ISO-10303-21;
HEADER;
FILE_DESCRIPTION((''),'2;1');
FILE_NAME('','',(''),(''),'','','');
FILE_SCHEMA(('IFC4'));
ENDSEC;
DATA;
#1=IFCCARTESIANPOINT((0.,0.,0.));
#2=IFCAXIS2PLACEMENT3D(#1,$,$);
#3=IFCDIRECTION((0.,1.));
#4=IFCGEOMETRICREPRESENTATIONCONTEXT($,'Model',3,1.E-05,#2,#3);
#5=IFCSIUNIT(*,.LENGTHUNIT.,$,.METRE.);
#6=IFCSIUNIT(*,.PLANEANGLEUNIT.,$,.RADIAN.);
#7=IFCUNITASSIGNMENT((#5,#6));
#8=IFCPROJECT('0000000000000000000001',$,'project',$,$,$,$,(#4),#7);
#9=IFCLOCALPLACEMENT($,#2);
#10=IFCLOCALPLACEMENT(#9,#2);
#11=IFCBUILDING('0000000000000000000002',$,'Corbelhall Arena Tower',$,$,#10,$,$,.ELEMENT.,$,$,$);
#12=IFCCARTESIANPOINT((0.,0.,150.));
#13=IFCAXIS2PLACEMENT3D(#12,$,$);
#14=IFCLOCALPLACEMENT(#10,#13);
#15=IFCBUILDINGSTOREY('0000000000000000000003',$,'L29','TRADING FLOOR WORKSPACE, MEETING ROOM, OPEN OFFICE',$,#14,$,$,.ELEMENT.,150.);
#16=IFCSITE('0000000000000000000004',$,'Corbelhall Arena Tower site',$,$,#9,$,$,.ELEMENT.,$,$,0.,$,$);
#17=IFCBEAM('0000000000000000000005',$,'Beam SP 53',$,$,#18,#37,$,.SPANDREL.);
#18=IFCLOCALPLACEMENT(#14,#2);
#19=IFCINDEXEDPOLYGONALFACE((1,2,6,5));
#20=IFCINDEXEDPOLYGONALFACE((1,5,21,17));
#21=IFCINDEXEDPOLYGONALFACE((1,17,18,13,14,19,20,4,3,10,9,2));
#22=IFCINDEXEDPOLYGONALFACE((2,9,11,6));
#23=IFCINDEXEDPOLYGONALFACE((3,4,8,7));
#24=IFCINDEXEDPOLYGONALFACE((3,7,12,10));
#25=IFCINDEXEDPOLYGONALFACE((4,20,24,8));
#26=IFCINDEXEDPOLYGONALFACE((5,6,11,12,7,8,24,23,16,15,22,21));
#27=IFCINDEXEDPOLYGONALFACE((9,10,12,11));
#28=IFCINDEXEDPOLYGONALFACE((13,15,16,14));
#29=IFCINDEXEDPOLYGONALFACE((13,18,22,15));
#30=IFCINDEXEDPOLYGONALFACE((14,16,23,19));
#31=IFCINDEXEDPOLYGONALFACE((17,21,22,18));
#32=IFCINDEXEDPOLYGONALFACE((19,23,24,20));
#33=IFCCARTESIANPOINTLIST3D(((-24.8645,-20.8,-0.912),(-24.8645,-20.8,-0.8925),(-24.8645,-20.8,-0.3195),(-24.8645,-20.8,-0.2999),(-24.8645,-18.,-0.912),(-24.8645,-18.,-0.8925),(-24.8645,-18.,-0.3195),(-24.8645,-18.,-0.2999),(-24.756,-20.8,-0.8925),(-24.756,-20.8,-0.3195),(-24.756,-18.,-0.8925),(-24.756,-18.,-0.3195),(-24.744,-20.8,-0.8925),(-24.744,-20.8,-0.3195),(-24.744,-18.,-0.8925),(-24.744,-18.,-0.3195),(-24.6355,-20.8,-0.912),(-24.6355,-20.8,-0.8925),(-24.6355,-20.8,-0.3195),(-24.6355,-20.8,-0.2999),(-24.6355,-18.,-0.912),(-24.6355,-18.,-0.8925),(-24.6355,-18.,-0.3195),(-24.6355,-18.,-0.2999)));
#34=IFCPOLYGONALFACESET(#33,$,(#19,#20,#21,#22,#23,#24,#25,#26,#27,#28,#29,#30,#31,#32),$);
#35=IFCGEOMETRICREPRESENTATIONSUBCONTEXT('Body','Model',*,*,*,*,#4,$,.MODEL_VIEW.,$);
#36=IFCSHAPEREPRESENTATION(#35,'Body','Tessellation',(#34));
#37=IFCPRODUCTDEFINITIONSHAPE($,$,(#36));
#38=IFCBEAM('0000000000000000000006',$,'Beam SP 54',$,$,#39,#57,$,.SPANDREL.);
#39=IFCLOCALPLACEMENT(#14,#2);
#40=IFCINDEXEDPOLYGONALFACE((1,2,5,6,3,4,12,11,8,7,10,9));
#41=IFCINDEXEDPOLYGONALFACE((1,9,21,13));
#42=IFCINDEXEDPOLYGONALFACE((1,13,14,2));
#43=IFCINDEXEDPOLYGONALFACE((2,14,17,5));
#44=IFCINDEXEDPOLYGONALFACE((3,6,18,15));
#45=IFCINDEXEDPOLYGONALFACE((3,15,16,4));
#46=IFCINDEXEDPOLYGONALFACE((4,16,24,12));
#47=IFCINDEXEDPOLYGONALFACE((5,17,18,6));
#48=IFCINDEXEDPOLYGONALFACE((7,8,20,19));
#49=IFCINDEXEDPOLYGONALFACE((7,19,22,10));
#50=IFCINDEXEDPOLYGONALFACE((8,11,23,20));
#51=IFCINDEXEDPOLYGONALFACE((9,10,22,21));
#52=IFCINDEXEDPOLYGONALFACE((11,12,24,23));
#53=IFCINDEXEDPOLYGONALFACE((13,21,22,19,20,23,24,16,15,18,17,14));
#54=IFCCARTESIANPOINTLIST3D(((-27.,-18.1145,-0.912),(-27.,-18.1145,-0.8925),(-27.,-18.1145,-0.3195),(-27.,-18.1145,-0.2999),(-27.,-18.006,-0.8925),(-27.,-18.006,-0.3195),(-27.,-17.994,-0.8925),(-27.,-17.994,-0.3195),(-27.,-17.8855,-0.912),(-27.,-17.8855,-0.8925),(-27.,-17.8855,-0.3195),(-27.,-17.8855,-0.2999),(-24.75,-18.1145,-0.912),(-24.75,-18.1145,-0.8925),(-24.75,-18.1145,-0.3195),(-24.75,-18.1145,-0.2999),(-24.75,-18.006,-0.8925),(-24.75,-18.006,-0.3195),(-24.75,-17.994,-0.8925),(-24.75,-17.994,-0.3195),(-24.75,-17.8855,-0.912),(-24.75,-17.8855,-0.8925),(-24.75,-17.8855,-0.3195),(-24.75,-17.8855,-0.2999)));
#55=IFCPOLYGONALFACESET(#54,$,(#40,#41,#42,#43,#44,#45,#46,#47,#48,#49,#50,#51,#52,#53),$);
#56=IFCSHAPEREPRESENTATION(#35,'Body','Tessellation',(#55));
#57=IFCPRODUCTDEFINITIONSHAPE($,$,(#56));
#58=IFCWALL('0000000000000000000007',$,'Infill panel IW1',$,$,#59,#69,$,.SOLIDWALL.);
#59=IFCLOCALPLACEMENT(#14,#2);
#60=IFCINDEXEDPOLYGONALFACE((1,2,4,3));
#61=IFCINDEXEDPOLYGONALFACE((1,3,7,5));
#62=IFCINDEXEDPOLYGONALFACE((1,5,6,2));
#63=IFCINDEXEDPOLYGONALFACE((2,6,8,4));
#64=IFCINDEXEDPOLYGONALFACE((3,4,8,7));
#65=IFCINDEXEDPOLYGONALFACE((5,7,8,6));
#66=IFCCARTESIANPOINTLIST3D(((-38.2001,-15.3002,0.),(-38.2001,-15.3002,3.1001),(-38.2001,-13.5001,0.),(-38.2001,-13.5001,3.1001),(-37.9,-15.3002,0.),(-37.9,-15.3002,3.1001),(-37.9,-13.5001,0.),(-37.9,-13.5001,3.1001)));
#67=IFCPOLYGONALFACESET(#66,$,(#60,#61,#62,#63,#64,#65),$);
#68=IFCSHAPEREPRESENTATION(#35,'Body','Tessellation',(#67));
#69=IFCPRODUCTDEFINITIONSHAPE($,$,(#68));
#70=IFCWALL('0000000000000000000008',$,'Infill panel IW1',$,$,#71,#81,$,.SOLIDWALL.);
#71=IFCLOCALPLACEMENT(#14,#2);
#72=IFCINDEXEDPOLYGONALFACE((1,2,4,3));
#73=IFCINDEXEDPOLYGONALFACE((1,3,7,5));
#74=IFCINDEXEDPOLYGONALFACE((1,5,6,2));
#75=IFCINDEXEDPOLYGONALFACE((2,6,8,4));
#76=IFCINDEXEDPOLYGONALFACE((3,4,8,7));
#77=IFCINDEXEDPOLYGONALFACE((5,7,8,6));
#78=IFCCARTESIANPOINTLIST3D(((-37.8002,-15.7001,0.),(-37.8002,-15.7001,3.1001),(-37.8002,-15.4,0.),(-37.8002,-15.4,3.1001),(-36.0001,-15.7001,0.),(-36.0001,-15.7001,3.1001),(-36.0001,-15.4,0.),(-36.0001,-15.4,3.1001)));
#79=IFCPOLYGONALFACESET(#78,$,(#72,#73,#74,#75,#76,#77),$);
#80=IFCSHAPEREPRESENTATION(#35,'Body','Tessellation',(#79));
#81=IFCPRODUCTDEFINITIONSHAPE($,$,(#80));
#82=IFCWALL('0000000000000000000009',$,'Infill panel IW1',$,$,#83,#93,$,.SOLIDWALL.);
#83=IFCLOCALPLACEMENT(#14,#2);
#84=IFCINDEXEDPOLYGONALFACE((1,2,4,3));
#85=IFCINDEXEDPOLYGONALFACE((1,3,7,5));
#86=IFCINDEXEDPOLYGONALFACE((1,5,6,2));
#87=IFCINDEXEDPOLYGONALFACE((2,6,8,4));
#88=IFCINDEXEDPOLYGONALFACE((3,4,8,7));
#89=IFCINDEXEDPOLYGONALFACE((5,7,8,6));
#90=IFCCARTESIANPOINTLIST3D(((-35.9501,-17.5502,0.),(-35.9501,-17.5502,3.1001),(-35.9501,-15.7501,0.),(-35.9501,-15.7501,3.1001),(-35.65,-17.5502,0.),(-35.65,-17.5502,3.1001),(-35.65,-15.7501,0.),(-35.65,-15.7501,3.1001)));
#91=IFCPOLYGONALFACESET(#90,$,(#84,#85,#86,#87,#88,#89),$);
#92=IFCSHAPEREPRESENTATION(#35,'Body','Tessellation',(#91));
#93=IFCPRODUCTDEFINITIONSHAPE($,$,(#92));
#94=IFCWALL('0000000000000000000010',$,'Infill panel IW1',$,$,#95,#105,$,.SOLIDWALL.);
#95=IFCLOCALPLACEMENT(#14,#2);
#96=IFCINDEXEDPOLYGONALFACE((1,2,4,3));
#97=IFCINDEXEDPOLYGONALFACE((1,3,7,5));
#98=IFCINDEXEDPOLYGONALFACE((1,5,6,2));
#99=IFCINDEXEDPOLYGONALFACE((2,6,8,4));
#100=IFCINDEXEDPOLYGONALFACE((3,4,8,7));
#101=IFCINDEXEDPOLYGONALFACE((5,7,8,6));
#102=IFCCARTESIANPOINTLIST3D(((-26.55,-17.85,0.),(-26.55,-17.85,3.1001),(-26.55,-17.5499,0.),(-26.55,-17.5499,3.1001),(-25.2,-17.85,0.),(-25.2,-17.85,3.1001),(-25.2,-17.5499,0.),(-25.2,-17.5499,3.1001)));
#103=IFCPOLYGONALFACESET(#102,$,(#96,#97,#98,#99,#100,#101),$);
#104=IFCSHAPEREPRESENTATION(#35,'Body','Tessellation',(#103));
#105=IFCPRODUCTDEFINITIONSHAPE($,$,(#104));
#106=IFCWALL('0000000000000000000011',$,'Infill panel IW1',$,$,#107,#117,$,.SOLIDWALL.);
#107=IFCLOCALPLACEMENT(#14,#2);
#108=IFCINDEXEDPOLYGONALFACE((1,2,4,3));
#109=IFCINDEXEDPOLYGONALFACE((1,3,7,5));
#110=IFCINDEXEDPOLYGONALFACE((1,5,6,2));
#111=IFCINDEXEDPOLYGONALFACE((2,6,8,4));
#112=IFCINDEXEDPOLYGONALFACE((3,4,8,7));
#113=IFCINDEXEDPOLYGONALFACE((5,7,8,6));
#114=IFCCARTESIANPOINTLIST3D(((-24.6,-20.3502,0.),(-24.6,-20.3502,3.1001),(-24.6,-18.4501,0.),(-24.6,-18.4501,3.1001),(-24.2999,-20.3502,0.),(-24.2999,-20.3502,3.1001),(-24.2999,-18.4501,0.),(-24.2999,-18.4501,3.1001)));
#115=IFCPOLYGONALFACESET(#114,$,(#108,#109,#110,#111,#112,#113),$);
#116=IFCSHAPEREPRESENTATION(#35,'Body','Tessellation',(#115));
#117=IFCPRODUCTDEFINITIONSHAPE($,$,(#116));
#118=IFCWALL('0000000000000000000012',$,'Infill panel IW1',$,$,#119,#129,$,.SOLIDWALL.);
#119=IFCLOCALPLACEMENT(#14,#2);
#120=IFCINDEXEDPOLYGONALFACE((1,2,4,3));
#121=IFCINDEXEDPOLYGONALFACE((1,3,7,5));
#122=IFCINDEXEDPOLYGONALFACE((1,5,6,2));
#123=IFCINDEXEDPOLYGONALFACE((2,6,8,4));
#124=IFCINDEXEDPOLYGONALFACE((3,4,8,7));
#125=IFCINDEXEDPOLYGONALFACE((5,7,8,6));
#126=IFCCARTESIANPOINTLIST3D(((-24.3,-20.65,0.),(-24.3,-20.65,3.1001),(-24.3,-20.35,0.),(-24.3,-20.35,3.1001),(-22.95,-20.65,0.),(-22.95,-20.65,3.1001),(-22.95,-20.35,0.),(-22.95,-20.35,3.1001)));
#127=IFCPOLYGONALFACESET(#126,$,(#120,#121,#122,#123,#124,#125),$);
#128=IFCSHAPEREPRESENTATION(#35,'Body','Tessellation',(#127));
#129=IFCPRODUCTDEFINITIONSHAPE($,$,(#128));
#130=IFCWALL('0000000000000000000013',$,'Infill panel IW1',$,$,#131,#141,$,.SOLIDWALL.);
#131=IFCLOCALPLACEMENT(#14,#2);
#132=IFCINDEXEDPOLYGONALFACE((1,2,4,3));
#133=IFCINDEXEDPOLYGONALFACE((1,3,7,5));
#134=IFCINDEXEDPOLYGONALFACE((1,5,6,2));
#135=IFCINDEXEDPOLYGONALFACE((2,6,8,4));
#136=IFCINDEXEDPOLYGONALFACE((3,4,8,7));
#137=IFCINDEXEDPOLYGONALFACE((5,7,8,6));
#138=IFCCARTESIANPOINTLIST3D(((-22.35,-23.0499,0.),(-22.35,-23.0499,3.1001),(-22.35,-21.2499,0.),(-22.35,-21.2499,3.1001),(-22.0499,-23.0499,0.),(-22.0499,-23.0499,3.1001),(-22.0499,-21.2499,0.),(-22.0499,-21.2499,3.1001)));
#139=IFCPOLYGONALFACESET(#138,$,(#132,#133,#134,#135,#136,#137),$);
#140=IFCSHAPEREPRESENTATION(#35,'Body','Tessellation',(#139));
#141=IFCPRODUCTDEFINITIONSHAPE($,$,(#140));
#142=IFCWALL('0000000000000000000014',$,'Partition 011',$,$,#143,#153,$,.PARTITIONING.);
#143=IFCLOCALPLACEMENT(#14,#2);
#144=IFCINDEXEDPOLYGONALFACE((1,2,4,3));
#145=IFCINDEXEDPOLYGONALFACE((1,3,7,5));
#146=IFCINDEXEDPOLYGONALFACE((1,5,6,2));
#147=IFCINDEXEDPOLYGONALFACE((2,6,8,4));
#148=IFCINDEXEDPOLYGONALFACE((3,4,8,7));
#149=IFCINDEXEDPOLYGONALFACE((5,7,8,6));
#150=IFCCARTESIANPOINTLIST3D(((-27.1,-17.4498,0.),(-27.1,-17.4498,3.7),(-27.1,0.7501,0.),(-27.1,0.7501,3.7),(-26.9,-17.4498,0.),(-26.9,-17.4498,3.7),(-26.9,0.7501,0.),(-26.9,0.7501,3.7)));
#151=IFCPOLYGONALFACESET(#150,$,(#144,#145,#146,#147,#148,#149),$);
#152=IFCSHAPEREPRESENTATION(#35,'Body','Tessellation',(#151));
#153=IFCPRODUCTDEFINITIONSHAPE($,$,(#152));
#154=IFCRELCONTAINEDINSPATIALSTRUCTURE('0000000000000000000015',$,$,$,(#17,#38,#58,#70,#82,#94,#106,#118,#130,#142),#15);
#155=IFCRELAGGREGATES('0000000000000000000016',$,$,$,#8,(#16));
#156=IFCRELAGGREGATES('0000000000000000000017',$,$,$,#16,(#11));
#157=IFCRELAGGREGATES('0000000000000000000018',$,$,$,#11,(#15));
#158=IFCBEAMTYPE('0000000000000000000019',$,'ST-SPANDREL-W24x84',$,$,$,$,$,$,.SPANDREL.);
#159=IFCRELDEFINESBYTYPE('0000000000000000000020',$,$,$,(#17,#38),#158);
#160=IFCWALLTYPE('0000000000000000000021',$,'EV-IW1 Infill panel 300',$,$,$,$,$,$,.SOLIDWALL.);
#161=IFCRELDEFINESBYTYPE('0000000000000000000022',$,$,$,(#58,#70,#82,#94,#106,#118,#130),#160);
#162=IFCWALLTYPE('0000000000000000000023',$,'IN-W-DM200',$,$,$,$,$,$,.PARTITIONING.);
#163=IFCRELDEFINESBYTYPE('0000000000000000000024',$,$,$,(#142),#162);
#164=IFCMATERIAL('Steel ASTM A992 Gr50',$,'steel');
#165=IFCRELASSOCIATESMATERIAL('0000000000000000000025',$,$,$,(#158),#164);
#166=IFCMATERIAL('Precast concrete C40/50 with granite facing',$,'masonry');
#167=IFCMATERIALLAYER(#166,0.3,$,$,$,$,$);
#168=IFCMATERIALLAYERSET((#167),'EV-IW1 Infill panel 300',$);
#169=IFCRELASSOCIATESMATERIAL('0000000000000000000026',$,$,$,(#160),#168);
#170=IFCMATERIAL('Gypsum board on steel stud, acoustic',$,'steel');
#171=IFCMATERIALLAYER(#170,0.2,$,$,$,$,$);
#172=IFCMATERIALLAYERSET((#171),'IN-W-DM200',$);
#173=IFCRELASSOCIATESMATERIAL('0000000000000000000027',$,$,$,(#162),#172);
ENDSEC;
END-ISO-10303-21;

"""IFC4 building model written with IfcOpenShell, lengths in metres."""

from ifc_helpers import new_model, si_unit, direction, frame, frame_2d, origin, origin_2d, place, context, subcontext, project, spatial, rectangle, i_section, extrude, material, layer, layer_set, material_profile, profile_set, type_object, element, save


model = new_model("IFC4")

# Units and contexts
model_context = context("Model", 3, precision=1e-05, world=origin(), true_north=direction((0.0, 1.0)))
body_context = subcontext(model_context, "Body", "Model", "MODEL_VIEW")
ifc_project = project(units=[si_unit("LENGTHUNIT", "METRE"), si_unit("PLANEANGLEUNIT", "RADIAN")], contexts=[model_context])

# Site, building, storey
site_placement = place(None, origin())
site = spatial("IfcSite", under=ifc_project, at=site_placement, Name="Corbelhall Arena Tower site", CompositionType="ELEMENT", RefElevation=0.0)
building_placement = place(site_placement, origin())
building = spatial("IfcBuilding", under=site, at=building_placement, Name="Corbelhall Arena Tower", CompositionType="ELEMENT")
storey_placement = place(building_placement, frame((0.0, 0.0, 150.0)))
storey = spatial("IfcBuildingStorey", under=building, at=storey_placement, Name="L29", Description="TRADING FLOOR WORKSPACE, MEETING ROOM, OPEN OFFICE", CompositionType="ELEMENT", Elevation=150.0)

# Beams
ifc_material_1 = material(Name="Steel ASTM A992 Gr50", Category="steel")
ifc_material_profile_1 = material_profile(ifc_material_1, i_section(OverallWidth=0.229, OverallDepth=0.6121, WebThickness=0.012, FlangeThickness=0.0195, at=origin_2d()))
ifc_profile_set_1 = profile_set([ifc_material_profile_1], Name="Steel ASTM A992 Gr50")
beam_type = type_object("IfcBeamType", Name="ST-SPANDREL-W24x84", PredefinedType="SPANDREL", material=ifc_profile_set_1)
beam_1_placement = place(storey_placement, frame((-24.75, -20.8, -0.606), z_axis=(0.0, 1.0, 0.0), x_axis=(-1.0, 0.0, 0.0)))
element("IfcBeam", 1, at=beam_1_placement, inside=storey, type_object=beam_type, Name="Beam SP 53", PredefinedType="SPANDREL", context=body_context, shape_type="SweptSolid", body=[
    extrude(i_section(OverallWidth=0.229, OverallDepth=0.6121, WebThickness=0.012, FlangeThickness=0.0195, at=origin_2d()), origin(), (0.0, 0.0, 1.0), 2.8),
])
beam_2_placement = place(storey_placement, frame((-24.75, -18.0, -0.606), z_axis=(-1.0, 0.0, 0.0), x_axis=(0.0, -1.0, 0.0)))
element("IfcBeam", 2, at=beam_2_placement, inside=storey, type_object=beam_type, Name="Beam SP 54", PredefinedType="SPANDREL", context=body_context, shape_type="SweptSolid", body=[
    extrude(i_section(OverallWidth=0.229, OverallDepth=0.6121, WebThickness=0.012, FlangeThickness=0.0195, at=origin_2d()), origin(), (0.0, 0.0, 1.0), 2.25),
])

# Walls
ifc_material_2 = material(Name="Precast concrete C40/50 with granite facing", Category="masonry")
ifc_layer_1 = layer(ifc_material_2, 0.3)
ifc_layer_set_1 = layer_set([ifc_layer_1], Name="EV-IW1 Infill panel 300")
wall_type_1 = type_object("IfcWallType", Name="EV-IW1 Infill panel 300", PredefinedType="SOLIDWALL", material=ifc_layer_set_1)
for number, where, z_axis, x_axis, name in (
    (3, (-38.05, -15.3, 0.0), (0.0, 0.0, 1.0), (0.0, 1.0, 0.0), "Infill panel IW1"),
    (4, (-37.8, -15.55, 0.0), (0.0, 0.0, 1.0), (1.0, 0.0, 0.0), "Infill panel IW1"),
    (5, (-35.8, -17.55, 0.0), (0.0, 0.0, 1.0), (0.0, 1.0, 0.0), "Infill panel IW1"),
):
    element("IfcWall", number, at=place(storey_placement, frame(where, z_axis=z_axis, x_axis=x_axis)), inside=storey, type_object=wall_type_1, Name=name, PredefinedType="SOLIDWALL", context=body_context, shape_type="SweptSolid", body=[
        extrude(rectangle(XDim=1.8, YDim=0.3, at=frame_2d((0.8999, 0.0))), origin(), (0.0, 0.0, 1.0), 3.1001),
    ])

# Walls
wall_1_placement = place(storey_placement, frame((-26.55, -17.7, 0.0), z_axis=(0.0, 0.0, 1.0), x_axis=(1.0, 0.0, 0.0)))
element("IfcWall", 6, at=wall_1_placement, inside=storey, type_object=wall_type_1, Name="Infill panel IW1", PredefinedType="SOLIDWALL", context=body_context, shape_type="SweptSolid", body=[
    extrude(rectangle(XDim=1.3501, YDim=0.3, at=frame_2d((0.675, 0.0))), origin(), (0.0, 0.0, 1.0), 3.1001),
])
wall_2_placement = place(storey_placement, frame((-24.45, -18.45, 0.0), z_axis=(0.0, 0.0, 1.0), x_axis=(0.0, -1.0, 0.0)))
element("IfcWall", 7, at=wall_2_placement, inside=storey, type_object=wall_type_1, Name="Infill panel IW1", PredefinedType="SOLIDWALL", context=body_context, shape_type="SweptSolid", body=[
    extrude(rectangle(XDim=1.9001, YDim=0.3, at=frame_2d((0.9502, 0.0))), origin(), (0.0, 0.0, 1.0), 3.1001),
])
wall_3_placement = place(storey_placement, frame((-24.3, -20.5, 0.0), z_axis=(0.0, 0.0, 1.0), x_axis=(1.0, 0.0, 0.0)))
element("IfcWall", 8, at=wall_3_placement, inside=storey, type_object=wall_type_1, Name="Infill panel IW1", PredefinedType="SOLIDWALL", context=body_context, shape_type="SweptSolid", body=[
    extrude(rectangle(XDim=1.3501, YDim=0.3, at=frame_2d((0.675, 0.0))), origin(), (0.0, 0.0, 1.0), 3.1001),
])
wall_4_placement = place(storey_placement, frame((-22.2, -21.25, 0.0), z_axis=(0.0, 0.0, 1.0), x_axis=(0.0, -1.0, 0.0)))
element("IfcWall", 9, at=wall_4_placement, inside=storey, type_object=wall_type_1, Name="Infill panel IW1", PredefinedType="SOLIDWALL", context=body_context, shape_type="SweptSolid", body=[
    extrude(rectangle(XDim=1.8, YDim=0.3, at=frame_2d((0.8999, 0.0))), origin(), (0.0, 0.0, 1.0), 3.1001),
])

# Wall
ifc_material_3 = material(Name="Gypsum board on steel stud, acoustic", Category="steel")
ifc_layer_2 = layer(ifc_material_3, 0.2)
ifc_layer_set_2 = layer_set([ifc_layer_2], Name="IN-W-DM200")
wall_type_2 = type_object("IfcWallType", Name="IN-W-DM200", PredefinedType="PARTITIONING", material=ifc_layer_set_2)
wall_5_placement = place(storey_placement, frame((-27.0, -17.45, 0.0), z_axis=(0.0, 0.0, 1.0), x_axis=(0.0, 1.0, 0.0)))
element("IfcWall", 10, at=wall_5_placement, inside=storey, type_object=wall_type_2, Name="Partition 011", PredefinedType="PARTITIONING", context=body_context, shape_type="SweptSolid", body=[
    extrude(rectangle(XDim=18.2, YDim=0.2, at=frame_2d((9.1001, 0.0))), origin(), (0.0, 0.0, 1.0), 3.7),
])

save(model, "model.ifc")
